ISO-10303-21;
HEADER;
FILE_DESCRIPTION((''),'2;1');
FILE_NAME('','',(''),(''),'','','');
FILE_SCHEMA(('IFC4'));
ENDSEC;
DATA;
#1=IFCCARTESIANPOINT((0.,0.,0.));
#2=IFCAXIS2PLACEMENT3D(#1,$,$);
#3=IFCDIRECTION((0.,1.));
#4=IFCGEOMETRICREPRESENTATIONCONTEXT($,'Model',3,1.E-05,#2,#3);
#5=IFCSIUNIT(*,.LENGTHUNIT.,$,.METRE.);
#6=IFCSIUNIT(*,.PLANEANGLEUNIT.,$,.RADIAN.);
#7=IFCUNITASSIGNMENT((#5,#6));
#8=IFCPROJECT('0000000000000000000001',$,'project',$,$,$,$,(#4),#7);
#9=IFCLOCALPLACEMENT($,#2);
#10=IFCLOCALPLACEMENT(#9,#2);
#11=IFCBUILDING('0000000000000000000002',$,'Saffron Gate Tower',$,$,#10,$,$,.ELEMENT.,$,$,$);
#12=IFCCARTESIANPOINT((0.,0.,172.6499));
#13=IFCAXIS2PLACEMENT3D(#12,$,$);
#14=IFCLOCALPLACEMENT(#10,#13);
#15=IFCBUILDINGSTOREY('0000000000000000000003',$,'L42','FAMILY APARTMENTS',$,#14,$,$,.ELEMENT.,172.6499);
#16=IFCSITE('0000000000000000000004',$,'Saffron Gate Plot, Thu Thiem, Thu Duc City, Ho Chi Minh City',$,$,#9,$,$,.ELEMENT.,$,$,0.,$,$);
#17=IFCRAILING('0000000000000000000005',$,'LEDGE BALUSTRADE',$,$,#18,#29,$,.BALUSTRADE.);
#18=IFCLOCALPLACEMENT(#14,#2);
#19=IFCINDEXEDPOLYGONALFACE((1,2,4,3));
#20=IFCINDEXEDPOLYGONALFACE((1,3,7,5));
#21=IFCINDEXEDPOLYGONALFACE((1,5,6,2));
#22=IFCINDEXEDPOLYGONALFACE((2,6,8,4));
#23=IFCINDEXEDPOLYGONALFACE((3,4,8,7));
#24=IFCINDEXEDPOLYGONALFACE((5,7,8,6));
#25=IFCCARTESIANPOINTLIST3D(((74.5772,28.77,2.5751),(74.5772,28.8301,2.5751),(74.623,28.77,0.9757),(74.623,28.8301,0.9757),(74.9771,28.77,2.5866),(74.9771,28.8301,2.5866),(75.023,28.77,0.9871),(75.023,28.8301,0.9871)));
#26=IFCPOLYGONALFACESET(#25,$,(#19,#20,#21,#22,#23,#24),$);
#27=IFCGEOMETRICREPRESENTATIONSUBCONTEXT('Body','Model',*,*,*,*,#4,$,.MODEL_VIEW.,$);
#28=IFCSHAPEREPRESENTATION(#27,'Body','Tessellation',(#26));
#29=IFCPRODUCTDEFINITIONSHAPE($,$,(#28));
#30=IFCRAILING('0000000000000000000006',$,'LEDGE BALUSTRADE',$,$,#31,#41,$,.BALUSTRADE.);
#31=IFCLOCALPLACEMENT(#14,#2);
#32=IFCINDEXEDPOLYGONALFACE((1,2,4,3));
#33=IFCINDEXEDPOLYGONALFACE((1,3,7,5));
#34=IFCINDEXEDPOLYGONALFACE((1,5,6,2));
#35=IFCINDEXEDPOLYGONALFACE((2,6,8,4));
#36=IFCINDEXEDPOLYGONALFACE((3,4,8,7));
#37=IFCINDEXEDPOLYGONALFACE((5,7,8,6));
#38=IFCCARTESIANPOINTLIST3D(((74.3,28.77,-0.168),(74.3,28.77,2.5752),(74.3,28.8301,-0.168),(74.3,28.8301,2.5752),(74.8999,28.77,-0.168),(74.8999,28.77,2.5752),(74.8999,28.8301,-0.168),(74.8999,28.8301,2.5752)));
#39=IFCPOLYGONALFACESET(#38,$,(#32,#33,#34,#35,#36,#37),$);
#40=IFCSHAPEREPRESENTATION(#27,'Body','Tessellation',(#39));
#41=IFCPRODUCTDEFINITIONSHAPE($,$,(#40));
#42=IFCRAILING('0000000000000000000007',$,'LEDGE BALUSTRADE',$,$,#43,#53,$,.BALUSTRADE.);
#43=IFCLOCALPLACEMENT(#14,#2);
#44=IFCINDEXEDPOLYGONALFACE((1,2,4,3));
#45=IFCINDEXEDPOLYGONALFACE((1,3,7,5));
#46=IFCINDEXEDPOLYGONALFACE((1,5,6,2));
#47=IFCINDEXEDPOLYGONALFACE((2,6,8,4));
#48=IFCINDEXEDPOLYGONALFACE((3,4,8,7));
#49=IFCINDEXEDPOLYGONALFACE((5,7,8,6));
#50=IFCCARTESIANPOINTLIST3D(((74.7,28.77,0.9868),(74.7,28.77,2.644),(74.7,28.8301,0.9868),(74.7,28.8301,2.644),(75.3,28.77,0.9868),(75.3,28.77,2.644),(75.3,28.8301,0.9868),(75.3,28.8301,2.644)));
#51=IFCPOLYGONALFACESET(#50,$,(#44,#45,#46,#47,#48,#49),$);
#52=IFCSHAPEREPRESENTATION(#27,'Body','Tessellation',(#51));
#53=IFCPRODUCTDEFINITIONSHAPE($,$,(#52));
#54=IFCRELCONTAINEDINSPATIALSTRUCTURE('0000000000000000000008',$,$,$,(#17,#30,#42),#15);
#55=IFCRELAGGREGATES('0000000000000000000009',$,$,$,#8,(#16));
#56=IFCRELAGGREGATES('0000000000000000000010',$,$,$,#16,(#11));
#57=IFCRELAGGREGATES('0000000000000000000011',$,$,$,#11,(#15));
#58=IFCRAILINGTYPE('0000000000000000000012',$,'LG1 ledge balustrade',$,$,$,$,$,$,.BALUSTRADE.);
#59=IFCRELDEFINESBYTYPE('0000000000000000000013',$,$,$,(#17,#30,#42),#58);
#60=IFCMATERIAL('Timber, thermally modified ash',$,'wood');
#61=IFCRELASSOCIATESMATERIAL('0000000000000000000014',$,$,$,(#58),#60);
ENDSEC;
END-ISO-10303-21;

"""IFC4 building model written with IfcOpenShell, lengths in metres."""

from ifc_helpers import new_model, si_unit, direction, frame, origin, origin_2d, place, context, subcontext, project, spatial, rectangle, extrude, material, type_object, element, save


model = new_model("IFC4")

# Units and contexts
model_context = context("Model", 3, precision=1e-05, world=origin(), true_north=direction((0.0, 1.0)))
body_context = subcontext(model_context, "Body", "Model", "MODEL_VIEW")
ifc_project = project(units=[si_unit("LENGTHUNIT", "METRE"), si_unit("PLANEANGLEUNIT", "RADIAN")], contexts=[model_context])

# Site, building, storey
site_placement = place(None, origin())
site = spatial("IfcSite", under=ifc_project, at=site_placement, Name="Saffron Gate Plot, Thu Thiem, Thu Duc City, Ho Chi Minh City", CompositionType="ELEMENT", RefElevation=0.0)
building_placement = place(site_placement, origin())
building = spatial("IfcBuilding", under=site, at=building_placement, Name="Saffron Gate Tower", CompositionType="ELEMENT")
storey_placement = place(building_placement, frame((0.0, 0.0, 172.6499)))
storey = spatial("IfcBuildingStorey", under=building, at=storey_placement, Name="L42", Description="FAMILY APARTMENTS", CompositionType="ELEMENT", Elevation=172.6499)

# Shared definitions
ifc_material_1 = material(Name="Timber, thermally modified ash", Category="wood")

# Railings
railing_type = type_object("IfcRailingType", Name="LG1 ledge balustrade", PredefinedType="BALUSTRADE", material=ifc_material_1)
railing_1_placement = place(storey_placement, frame((74.6001, 28.8, 0.9753)))
element("IfcRailing", 1, at=railing_1_placement, inside=storey, type_object=railing_type, Name="LEDGE BALUSTRADE", PredefinedType="BALUSTRADE", context=body_context, shape_type="SweptSolid", body=[
    extrude(rectangle(XDim=0.0601, YDim=1.6001, at=origin_2d()), frame((0.0, 0.0, 0.8), z_axis=(0.999589, 0.0, 0.028682), x_axis=(0.0, 1.0, 0.0)), (0.0, 0.0, 1.0), 0.4001),
])
railing_2_placement = place(storey_placement, frame((74.3, 28.8, -0.168)))
element("IfcRailing", 2, at=railing_2_placement, inside=storey, type_object=railing_type, Name="LEDGE BALUSTRADE", PredefinedType="BALUSTRADE", context=body_context, shape_type="SweptSolid", body=[
    extrude(rectangle(XDim=0.0601, YDim=2.7432, at=origin_2d()), frame((0.0, 0.0, 1.3716), z_axis=(1.0, 0.0, 0.0), x_axis=(0.0, 1.0, 0.0)), (0.0, 0.0, 1.0), 0.5999),
])
railing_3_placement = place(storey_placement, frame((74.7, 28.8, 0.9868)))
element("IfcRailing", 3, at=railing_3_placement, inside=storey, type_object=railing_type, Name="LEDGE BALUSTRADE", PredefinedType="BALUSTRADE", context=body_context, shape_type="SweptSolid", body=[
    extrude(rectangle(XDim=0.0601, YDim=1.6572, at=origin_2d()), frame((0.0, 0.0, 0.8286), z_axis=(1.0, 0.0, 0.0), x_axis=(0.0, 1.0, 0.0)), (0.0, 0.0, 1.0), 0.6001),
])

save(model, "model.ifc")
